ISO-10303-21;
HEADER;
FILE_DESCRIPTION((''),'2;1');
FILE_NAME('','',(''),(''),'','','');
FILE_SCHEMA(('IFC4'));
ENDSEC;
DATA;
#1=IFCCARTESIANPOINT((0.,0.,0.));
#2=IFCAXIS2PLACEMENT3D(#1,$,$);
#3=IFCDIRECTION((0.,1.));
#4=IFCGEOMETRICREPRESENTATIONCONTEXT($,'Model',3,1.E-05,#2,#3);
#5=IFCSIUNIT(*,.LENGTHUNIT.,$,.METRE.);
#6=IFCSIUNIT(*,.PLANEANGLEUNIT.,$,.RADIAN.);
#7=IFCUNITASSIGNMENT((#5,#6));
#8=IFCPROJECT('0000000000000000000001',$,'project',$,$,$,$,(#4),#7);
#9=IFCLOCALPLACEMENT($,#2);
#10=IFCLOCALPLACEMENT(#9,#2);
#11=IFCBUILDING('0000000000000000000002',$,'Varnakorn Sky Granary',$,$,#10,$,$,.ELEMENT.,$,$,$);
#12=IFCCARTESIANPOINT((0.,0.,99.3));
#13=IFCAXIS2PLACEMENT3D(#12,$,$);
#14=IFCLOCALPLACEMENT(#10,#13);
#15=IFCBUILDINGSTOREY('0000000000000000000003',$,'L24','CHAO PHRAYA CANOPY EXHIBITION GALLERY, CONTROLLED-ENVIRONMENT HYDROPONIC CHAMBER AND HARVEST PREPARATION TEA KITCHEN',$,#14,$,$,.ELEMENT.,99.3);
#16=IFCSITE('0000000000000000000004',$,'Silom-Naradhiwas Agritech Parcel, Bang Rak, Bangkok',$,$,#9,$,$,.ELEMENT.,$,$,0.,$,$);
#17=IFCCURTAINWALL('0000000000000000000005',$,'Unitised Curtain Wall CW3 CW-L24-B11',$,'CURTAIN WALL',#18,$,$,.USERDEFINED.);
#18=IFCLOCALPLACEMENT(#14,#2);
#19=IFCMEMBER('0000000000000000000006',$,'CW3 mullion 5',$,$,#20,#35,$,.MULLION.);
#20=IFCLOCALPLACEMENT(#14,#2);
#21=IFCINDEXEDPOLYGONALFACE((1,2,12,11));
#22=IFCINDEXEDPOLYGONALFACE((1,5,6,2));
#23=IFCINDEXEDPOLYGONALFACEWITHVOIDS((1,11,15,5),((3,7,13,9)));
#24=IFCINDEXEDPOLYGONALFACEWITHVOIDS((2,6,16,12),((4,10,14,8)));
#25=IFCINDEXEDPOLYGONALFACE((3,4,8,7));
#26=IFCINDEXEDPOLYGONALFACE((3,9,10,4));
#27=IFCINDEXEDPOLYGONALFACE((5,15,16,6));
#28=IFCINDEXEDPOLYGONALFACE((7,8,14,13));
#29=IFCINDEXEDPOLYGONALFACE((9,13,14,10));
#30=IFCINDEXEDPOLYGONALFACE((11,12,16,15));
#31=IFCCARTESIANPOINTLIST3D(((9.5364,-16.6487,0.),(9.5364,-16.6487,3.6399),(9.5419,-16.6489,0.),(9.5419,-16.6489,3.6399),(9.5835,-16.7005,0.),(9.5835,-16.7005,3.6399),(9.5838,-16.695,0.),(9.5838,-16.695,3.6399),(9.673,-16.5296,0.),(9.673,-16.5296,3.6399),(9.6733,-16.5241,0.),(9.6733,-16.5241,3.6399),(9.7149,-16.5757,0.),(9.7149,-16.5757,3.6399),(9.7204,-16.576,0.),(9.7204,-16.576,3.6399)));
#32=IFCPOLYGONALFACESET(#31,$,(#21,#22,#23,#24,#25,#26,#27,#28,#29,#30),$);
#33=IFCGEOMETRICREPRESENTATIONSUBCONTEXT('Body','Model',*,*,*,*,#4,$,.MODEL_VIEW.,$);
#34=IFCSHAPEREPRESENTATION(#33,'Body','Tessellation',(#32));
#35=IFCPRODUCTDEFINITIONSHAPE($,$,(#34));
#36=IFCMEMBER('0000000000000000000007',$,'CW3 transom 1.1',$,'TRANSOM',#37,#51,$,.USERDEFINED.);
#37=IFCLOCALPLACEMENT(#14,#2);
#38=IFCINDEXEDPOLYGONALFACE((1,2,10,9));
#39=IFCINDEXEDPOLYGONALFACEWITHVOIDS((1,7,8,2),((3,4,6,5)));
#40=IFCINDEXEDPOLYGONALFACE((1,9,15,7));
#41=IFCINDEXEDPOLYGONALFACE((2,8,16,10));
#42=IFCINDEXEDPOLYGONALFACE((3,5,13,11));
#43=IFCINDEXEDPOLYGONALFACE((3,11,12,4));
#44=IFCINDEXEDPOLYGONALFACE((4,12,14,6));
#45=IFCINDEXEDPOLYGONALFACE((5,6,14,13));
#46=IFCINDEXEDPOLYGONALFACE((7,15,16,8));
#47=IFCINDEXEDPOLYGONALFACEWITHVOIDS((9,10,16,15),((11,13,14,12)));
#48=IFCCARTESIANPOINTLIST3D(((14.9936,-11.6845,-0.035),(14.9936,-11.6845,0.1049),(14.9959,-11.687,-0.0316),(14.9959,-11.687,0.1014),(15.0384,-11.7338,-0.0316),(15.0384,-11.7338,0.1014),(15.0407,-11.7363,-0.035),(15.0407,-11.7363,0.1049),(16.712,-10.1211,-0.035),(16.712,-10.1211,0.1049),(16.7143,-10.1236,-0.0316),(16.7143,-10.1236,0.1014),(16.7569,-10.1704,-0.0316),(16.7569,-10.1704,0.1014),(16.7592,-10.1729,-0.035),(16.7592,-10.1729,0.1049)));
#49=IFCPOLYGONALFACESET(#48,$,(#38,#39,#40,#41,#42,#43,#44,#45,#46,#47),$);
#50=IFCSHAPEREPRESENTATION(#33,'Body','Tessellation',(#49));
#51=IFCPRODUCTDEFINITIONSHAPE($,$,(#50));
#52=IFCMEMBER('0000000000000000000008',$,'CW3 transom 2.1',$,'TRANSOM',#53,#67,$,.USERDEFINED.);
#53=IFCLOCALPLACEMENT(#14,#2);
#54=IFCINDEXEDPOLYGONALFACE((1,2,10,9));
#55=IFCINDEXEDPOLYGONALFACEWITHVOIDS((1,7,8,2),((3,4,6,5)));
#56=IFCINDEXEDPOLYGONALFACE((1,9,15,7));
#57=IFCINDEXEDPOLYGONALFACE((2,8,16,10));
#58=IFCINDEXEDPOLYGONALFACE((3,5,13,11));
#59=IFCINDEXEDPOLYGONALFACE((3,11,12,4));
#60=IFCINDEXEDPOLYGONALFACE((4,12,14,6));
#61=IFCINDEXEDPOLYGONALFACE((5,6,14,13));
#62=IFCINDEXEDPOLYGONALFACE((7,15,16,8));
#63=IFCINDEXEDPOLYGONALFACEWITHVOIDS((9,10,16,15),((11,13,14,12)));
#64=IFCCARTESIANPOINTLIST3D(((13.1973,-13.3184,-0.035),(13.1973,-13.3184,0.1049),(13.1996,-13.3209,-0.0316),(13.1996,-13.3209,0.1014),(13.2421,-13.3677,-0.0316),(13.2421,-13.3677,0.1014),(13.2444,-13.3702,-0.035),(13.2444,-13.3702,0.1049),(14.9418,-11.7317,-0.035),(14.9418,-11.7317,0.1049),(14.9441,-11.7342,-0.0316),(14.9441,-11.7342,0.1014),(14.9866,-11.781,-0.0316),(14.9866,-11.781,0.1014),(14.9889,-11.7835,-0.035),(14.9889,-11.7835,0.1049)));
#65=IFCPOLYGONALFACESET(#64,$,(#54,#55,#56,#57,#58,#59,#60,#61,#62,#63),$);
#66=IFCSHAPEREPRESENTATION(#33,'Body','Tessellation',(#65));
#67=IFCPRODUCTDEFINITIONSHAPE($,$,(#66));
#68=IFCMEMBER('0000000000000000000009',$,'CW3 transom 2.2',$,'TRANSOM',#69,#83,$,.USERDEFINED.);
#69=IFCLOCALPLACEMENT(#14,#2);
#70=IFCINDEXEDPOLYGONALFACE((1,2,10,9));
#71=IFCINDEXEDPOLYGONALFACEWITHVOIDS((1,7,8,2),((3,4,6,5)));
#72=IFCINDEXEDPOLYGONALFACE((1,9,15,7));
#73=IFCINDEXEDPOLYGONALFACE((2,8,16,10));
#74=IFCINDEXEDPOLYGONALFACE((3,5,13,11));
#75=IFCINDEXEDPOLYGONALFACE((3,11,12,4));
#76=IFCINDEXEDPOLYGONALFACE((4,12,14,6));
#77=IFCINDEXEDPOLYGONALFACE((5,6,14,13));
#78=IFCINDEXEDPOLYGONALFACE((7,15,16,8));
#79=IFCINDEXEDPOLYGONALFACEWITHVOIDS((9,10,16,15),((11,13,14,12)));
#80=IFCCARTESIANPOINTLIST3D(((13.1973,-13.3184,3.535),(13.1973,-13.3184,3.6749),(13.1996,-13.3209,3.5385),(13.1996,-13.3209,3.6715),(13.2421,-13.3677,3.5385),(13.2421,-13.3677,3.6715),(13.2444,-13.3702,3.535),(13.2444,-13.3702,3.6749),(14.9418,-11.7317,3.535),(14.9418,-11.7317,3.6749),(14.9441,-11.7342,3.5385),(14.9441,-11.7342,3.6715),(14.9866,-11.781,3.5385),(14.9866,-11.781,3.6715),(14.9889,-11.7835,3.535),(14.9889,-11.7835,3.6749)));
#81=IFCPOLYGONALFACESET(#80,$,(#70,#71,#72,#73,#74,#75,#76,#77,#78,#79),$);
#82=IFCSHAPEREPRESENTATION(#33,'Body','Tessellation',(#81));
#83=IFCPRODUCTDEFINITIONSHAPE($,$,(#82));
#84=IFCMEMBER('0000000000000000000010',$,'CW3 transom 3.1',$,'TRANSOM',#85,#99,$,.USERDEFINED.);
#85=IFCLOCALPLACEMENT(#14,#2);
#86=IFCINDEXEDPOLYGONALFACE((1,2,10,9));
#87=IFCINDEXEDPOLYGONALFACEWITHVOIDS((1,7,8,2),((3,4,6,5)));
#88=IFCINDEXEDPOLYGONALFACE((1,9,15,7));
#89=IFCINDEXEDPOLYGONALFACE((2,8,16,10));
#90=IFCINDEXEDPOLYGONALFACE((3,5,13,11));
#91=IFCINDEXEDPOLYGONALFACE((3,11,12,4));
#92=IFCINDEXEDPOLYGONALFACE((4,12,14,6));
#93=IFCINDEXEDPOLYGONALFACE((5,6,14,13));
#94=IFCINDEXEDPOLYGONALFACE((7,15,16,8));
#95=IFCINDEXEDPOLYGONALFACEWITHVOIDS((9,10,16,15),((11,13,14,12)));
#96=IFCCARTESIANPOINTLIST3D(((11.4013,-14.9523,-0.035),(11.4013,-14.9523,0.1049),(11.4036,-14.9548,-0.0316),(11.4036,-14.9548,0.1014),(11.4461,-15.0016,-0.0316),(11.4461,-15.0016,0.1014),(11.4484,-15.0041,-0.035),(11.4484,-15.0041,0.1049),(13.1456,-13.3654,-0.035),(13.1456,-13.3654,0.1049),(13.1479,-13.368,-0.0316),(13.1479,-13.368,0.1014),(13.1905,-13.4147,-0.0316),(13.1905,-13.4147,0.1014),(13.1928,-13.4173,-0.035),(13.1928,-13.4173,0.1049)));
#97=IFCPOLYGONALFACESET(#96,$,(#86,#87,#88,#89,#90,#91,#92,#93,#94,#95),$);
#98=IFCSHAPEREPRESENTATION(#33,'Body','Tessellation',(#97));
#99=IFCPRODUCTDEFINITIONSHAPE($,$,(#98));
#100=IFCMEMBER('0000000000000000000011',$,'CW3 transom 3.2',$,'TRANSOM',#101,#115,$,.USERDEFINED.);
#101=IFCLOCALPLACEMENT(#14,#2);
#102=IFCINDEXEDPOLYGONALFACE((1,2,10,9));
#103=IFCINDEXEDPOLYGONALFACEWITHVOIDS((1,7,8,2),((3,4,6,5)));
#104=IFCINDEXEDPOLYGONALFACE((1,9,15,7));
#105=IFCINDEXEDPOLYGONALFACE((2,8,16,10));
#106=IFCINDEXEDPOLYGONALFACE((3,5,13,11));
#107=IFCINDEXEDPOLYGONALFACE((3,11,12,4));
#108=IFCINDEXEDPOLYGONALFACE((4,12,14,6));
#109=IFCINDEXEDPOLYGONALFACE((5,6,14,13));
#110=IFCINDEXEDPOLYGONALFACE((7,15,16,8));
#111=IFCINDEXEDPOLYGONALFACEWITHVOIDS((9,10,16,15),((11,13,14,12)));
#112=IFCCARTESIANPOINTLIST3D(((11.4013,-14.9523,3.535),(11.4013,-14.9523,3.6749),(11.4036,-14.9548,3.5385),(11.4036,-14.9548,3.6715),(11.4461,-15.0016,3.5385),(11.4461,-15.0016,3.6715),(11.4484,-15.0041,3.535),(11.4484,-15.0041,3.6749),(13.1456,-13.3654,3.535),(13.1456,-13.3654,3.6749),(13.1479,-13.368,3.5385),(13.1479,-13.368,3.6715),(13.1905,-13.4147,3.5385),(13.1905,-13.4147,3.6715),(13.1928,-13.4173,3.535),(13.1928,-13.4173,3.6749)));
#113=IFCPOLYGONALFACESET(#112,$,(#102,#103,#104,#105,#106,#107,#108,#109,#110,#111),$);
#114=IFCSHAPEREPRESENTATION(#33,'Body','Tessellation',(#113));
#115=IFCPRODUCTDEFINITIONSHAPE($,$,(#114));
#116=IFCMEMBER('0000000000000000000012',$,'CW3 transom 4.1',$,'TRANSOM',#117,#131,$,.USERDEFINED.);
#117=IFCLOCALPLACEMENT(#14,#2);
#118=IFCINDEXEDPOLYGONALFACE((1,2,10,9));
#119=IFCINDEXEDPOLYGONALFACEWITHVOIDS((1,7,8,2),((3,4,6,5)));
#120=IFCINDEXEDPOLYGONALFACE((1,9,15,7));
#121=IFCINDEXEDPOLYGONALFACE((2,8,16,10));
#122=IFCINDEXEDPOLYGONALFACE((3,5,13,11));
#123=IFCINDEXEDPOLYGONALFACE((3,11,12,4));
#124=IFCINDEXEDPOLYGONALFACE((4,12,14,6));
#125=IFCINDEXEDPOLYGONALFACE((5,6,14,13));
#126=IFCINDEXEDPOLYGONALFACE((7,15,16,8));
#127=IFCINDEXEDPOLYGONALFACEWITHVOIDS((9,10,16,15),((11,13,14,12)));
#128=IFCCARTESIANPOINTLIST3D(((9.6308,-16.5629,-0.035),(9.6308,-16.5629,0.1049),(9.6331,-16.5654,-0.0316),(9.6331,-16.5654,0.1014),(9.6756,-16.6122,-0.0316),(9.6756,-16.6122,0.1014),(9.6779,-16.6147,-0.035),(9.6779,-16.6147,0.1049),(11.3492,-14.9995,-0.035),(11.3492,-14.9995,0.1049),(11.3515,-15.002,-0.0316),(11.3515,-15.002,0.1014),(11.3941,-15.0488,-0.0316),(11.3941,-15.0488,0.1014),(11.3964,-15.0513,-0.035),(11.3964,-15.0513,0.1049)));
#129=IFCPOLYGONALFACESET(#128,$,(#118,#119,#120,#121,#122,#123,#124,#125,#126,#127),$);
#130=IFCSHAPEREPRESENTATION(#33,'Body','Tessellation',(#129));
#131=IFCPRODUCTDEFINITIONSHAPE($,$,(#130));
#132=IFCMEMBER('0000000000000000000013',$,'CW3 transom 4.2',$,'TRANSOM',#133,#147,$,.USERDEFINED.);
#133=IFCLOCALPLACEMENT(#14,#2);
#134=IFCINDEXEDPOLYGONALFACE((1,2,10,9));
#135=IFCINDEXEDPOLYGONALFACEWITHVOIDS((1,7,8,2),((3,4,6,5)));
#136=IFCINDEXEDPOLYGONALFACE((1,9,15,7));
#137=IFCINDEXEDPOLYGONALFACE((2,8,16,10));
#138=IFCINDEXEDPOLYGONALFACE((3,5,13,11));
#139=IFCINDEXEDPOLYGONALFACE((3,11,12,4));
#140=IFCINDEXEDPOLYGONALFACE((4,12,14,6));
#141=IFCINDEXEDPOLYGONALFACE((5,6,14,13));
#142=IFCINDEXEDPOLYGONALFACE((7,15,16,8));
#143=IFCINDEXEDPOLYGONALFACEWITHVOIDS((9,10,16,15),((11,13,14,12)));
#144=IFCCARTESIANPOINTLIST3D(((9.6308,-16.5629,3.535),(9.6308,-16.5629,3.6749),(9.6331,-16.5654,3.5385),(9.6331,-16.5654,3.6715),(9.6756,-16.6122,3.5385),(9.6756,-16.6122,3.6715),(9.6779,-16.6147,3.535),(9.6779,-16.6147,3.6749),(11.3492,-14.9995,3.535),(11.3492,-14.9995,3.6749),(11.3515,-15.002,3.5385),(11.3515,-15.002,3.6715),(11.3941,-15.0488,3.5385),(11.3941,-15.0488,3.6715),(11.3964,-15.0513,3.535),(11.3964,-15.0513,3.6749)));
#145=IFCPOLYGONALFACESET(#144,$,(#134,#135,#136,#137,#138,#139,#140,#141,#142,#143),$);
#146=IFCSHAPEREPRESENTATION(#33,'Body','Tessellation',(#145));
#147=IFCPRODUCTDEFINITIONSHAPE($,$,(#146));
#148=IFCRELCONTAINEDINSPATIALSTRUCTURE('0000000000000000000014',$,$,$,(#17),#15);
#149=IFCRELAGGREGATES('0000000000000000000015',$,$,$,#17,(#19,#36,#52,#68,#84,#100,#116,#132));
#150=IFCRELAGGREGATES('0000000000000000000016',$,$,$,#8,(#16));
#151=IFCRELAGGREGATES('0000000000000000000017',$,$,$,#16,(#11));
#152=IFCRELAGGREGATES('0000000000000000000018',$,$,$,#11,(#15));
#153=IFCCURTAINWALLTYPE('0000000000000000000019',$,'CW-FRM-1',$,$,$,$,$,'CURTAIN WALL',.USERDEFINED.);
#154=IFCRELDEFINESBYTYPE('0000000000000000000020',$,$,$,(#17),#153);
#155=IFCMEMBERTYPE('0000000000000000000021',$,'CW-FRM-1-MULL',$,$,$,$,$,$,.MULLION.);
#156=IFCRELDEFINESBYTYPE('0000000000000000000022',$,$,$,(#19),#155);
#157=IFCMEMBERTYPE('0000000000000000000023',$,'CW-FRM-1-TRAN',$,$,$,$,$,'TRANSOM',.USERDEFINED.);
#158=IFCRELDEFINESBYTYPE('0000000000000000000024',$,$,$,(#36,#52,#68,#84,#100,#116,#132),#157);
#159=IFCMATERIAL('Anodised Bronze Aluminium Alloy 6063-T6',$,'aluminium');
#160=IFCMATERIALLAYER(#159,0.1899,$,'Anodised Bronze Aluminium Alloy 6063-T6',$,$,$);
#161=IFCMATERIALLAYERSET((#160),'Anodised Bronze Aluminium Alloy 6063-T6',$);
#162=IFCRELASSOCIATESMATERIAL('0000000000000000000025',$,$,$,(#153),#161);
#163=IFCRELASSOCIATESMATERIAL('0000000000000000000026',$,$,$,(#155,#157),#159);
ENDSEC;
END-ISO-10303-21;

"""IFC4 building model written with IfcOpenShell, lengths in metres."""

from ifc_helpers import new_model, si_unit, direction, frame, origin, origin_2d, place, context, subcontext, project, spatial, hollow_rectangle, extrude, material, layer, layer_set, material_profile, profile_set, type_object, element, aggregate, save


model = new_model("IFC4")

# Units and contexts
model_context = context("Model", 3, precision=1e-05, world=origin(), true_north=direction((0.0, 1.0)))
body_context = subcontext(model_context, "Body", "Model", "MODEL_VIEW")
ifc_project = project(units=[si_unit("LENGTHUNIT", "METRE"), si_unit("PLANEANGLEUNIT", "RADIAN")], contexts=[model_context])

# Site, building, storey
site_placement = place(None, origin())
site = spatial("IfcSite", under=ifc_project, at=site_placement, Name="Silom-Naradhiwas Agritech Parcel, Bang Rak, Bangkok", CompositionType="ELEMENT", RefElevation=0.0)
building_placement = place(site_placement, origin())
building = spatial("IfcBuilding", under=site, at=building_placement, Name="Varnakorn Sky Granary", CompositionType="ELEMENT")
storey_placement = place(building_placement, frame((0.0, 0.0, 99.3)))
storey = spatial("IfcBuildingStorey", under=building, at=storey_placement, Name="L24", Description="CHAO PHRAYA CANOPY EXHIBITION GALLERY, CONTROLLED-ENVIRONMENT HYDROPONIC CHAMBER AND HARVEST PREPARATION TEA KITCHEN", CompositionType="ELEMENT", Elevation=99.3)

# Curtain wall, members
ifc_material_1 = material(Name="Anodised Bronze Aluminium Alloy 6063-T6", Category="aluminium")
ifc_layer_1 = layer(ifc_material_1, 0.1899, Name="Anodised Bronze Aluminium Alloy 6063-T6")
ifc_layer_set_1 = layer_set([ifc_layer_1], Name="Anodised Bronze Aluminium Alloy 6063-T6")
curtain_wall_type = type_object("IfcCurtainWallType", Name="CW-FRM-1", ElementType="CURTAIN WALL", PredefinedType="USERDEFINED", material=ifc_layer_set_1)
curtain_wall_placement = place(storey_placement, origin())
curtain_wall = element("IfcCurtainWall", 1, at=curtain_wall_placement, inside=storey, type_object=curtain_wall_type, Name="Unitised Curtain Wall CW3 CW-L24-B11", ObjectType="CURTAIN WALL", PredefinedType="USERDEFINED")
ifc_material_profile_1 = material_profile(ifc_material_1, hollow_rectangle(XDim=0.0701, YDim=0.1851, WallThickness=0.0039, at=origin_2d()), Name="ALU MULL 70x185")
ifc_profile_set_1 = profile_set([ifc_material_profile_1], Name="Anodised Bronze Aluminium Alloy 6063-T6")
member_type_1 = type_object("IfcMemberType", Name="CW-FRM-1-MULL", PredefinedType="MULLION", material=ifc_profile_set_1)
member_1_placement = place(storey_placement, frame((9.6284, -16.6123, 0.0), z_axis=(0.0, 0.0, 1.0), x_axis=(0.672919, -0.739716, 0.0)))
member_1 = element("IfcMember", 2, at=member_1_placement, type_object=member_type_1, Name="CW3 mullion 5", PredefinedType="MULLION", context=body_context, shape_type="SweptSolid", body=[
    extrude(hollow_rectangle(XDim=0.0701, YDim=0.1851, WallThickness=0.0039, at=origin_2d()), origin(), (0.0, 0.0, 1.0), 3.6399),
])
ifc_material_profile_2 = material_profile(ifc_material_1, hollow_rectangle(XDim=0.0701, YDim=0.1399, WallThickness=0.0034, at=origin_2d()), Name="ALU TRAN 70x140")
ifc_profile_set_2 = profile_set([ifc_material_profile_2], Name="Anodised Bronze Aluminium Alloy 6063-T6")
member_type_2 = type_object("IfcMemberType", Name="CW-FRM-1-TRAN", ElementType="TRANSOM", PredefinedType="USERDEFINED", material=ifc_profile_set_2)
member_2_placement = place(storey_placement, frame((16.7356, -10.147, 0.0349), z_axis=(-0.739683, -0.672955, 0.0), x_axis=(0.672955, -0.739683, 0.0)))
member_2 = element("IfcMember", 3, at=member_2_placement, type_object=member_type_2, Name="CW3 transom 1.1", ObjectType="TRANSOM", PredefinedType="USERDEFINED", context=body_context, shape_type="SweptSolid", body=[
    extrude(hollow_rectangle(XDim=0.0701, YDim=0.1399, WallThickness=0.0034, at=origin_2d()), origin(), (0.0, 0.0, 1.0), 2.3232),
])
member_3_placement = place(storey_placement, frame((14.9653, -11.7576, 0.0349), z_axis=(-0.739757, -0.672874, 0.0), x_axis=(0.672874, -0.739757, 0.0)))
member_3 = element("IfcMember", 4, at=member_3_placement, type_object=member_type_2, Name="CW3 transom 2.1", ObjectType="TRANSOM", PredefinedType="USERDEFINED", context=body_context, shape_type="SweptSolid", body=[
    extrude(hollow_rectangle(XDim=0.0701, YDim=0.1399, WallThickness=0.0034, at=origin_2d()), origin(), (0.0, 0.0, 1.0), 2.3582),
])
member_4_placement = place(storey_placement, frame((14.9653, -11.7576, 3.605), z_axis=(-0.739757, -0.672874, 0.0), x_axis=(0.672874, -0.739757, 0.0)))
member_4 = element("IfcMember", 5, at=member_4_placement, type_object=member_type_2, Name="CW3 transom 2.2", ObjectType="TRANSOM", PredefinedType="USERDEFINED", context=body_context, shape_type="SweptSolid", body=[
    extrude(hollow_rectangle(XDim=0.0701, YDim=0.1399, WallThickness=0.0034, at=origin_2d()), origin(), (0.0, 0.0, 1.0), 2.3582),
])
member_5_placement = place(storey_placement, frame((13.1692, -13.3914, 0.0349), z_axis=(-0.739706, -0.67293, 0.0), x_axis=(0.67293, -0.739706, 0.0)))
member_5 = element("IfcMember", 6, at=member_5_placement, type_object=member_type_2, Name="CW3 transom 3.1", ObjectType="TRANSOM", PredefinedType="USERDEFINED", context=body_context, shape_type="SweptSolid", body=[
    extrude(hollow_rectangle(XDim=0.0701, YDim=0.1399, WallThickness=0.0034, at=origin_2d()), origin(), (0.0, 0.0, 1.0), 2.3582),
])
member_6_placement = place(storey_placement, frame((13.1692, -13.3914, 3.605), z_axis=(-0.739706, -0.67293, 0.0), x_axis=(0.67293, -0.739706, 0.0)))
member_6 = element("IfcMember", 7, at=member_6_placement, type_object=member_type_2, Name="CW3 transom 3.2", ObjectType="TRANSOM", PredefinedType="USERDEFINED", context=body_context, shape_type="SweptSolid", body=[
    extrude(hollow_rectangle(XDim=0.0701, YDim=0.1399, WallThickness=0.0034, at=origin_2d()), origin(), (0.0, 0.0, 1.0), 2.3582),
])
member_7_placement = place(storey_placement, frame((11.3728, -15.0254, 0.0349), z_axis=(-0.739683, -0.672955, 0.0), x_axis=(0.672955, -0.739683, 0.0)))
member_7 = element("IfcMember", 8, at=member_7_placement, type_object=member_type_2, Name="CW3 transom 4.1", ObjectType="TRANSOM", PredefinedType="USERDEFINED", context=body_context, shape_type="SweptSolid", body=[
    extrude(hollow_rectangle(XDim=0.0701, YDim=0.1399, WallThickness=0.0034, at=origin_2d()), origin(), (0.0, 0.0, 1.0), 2.3232),
])
member_8_placement = place(storey_placement, frame((11.3728, -15.0254, 3.605), z_axis=(-0.739683, -0.672955, 0.0), x_axis=(0.672955, -0.739683, 0.0)))
member_8 = element("IfcMember", 9, at=member_8_placement, type_object=member_type_2, Name="CW3 transom 4.2", ObjectType="TRANSOM", PredefinedType="USERDEFINED", context=body_context, shape_type="SweptSolid", body=[
    extrude(hollow_rectangle(XDim=0.0701, YDim=0.1399, WallThickness=0.0034, at=origin_2d()), origin(), (0.0, 0.0, 1.0), 2.3232),
])

aggregate(curtain_wall, [member_1, member_2, member_3, member_4, member_5, member_6, member_7, member_8])

save(model, "model.ifc")
